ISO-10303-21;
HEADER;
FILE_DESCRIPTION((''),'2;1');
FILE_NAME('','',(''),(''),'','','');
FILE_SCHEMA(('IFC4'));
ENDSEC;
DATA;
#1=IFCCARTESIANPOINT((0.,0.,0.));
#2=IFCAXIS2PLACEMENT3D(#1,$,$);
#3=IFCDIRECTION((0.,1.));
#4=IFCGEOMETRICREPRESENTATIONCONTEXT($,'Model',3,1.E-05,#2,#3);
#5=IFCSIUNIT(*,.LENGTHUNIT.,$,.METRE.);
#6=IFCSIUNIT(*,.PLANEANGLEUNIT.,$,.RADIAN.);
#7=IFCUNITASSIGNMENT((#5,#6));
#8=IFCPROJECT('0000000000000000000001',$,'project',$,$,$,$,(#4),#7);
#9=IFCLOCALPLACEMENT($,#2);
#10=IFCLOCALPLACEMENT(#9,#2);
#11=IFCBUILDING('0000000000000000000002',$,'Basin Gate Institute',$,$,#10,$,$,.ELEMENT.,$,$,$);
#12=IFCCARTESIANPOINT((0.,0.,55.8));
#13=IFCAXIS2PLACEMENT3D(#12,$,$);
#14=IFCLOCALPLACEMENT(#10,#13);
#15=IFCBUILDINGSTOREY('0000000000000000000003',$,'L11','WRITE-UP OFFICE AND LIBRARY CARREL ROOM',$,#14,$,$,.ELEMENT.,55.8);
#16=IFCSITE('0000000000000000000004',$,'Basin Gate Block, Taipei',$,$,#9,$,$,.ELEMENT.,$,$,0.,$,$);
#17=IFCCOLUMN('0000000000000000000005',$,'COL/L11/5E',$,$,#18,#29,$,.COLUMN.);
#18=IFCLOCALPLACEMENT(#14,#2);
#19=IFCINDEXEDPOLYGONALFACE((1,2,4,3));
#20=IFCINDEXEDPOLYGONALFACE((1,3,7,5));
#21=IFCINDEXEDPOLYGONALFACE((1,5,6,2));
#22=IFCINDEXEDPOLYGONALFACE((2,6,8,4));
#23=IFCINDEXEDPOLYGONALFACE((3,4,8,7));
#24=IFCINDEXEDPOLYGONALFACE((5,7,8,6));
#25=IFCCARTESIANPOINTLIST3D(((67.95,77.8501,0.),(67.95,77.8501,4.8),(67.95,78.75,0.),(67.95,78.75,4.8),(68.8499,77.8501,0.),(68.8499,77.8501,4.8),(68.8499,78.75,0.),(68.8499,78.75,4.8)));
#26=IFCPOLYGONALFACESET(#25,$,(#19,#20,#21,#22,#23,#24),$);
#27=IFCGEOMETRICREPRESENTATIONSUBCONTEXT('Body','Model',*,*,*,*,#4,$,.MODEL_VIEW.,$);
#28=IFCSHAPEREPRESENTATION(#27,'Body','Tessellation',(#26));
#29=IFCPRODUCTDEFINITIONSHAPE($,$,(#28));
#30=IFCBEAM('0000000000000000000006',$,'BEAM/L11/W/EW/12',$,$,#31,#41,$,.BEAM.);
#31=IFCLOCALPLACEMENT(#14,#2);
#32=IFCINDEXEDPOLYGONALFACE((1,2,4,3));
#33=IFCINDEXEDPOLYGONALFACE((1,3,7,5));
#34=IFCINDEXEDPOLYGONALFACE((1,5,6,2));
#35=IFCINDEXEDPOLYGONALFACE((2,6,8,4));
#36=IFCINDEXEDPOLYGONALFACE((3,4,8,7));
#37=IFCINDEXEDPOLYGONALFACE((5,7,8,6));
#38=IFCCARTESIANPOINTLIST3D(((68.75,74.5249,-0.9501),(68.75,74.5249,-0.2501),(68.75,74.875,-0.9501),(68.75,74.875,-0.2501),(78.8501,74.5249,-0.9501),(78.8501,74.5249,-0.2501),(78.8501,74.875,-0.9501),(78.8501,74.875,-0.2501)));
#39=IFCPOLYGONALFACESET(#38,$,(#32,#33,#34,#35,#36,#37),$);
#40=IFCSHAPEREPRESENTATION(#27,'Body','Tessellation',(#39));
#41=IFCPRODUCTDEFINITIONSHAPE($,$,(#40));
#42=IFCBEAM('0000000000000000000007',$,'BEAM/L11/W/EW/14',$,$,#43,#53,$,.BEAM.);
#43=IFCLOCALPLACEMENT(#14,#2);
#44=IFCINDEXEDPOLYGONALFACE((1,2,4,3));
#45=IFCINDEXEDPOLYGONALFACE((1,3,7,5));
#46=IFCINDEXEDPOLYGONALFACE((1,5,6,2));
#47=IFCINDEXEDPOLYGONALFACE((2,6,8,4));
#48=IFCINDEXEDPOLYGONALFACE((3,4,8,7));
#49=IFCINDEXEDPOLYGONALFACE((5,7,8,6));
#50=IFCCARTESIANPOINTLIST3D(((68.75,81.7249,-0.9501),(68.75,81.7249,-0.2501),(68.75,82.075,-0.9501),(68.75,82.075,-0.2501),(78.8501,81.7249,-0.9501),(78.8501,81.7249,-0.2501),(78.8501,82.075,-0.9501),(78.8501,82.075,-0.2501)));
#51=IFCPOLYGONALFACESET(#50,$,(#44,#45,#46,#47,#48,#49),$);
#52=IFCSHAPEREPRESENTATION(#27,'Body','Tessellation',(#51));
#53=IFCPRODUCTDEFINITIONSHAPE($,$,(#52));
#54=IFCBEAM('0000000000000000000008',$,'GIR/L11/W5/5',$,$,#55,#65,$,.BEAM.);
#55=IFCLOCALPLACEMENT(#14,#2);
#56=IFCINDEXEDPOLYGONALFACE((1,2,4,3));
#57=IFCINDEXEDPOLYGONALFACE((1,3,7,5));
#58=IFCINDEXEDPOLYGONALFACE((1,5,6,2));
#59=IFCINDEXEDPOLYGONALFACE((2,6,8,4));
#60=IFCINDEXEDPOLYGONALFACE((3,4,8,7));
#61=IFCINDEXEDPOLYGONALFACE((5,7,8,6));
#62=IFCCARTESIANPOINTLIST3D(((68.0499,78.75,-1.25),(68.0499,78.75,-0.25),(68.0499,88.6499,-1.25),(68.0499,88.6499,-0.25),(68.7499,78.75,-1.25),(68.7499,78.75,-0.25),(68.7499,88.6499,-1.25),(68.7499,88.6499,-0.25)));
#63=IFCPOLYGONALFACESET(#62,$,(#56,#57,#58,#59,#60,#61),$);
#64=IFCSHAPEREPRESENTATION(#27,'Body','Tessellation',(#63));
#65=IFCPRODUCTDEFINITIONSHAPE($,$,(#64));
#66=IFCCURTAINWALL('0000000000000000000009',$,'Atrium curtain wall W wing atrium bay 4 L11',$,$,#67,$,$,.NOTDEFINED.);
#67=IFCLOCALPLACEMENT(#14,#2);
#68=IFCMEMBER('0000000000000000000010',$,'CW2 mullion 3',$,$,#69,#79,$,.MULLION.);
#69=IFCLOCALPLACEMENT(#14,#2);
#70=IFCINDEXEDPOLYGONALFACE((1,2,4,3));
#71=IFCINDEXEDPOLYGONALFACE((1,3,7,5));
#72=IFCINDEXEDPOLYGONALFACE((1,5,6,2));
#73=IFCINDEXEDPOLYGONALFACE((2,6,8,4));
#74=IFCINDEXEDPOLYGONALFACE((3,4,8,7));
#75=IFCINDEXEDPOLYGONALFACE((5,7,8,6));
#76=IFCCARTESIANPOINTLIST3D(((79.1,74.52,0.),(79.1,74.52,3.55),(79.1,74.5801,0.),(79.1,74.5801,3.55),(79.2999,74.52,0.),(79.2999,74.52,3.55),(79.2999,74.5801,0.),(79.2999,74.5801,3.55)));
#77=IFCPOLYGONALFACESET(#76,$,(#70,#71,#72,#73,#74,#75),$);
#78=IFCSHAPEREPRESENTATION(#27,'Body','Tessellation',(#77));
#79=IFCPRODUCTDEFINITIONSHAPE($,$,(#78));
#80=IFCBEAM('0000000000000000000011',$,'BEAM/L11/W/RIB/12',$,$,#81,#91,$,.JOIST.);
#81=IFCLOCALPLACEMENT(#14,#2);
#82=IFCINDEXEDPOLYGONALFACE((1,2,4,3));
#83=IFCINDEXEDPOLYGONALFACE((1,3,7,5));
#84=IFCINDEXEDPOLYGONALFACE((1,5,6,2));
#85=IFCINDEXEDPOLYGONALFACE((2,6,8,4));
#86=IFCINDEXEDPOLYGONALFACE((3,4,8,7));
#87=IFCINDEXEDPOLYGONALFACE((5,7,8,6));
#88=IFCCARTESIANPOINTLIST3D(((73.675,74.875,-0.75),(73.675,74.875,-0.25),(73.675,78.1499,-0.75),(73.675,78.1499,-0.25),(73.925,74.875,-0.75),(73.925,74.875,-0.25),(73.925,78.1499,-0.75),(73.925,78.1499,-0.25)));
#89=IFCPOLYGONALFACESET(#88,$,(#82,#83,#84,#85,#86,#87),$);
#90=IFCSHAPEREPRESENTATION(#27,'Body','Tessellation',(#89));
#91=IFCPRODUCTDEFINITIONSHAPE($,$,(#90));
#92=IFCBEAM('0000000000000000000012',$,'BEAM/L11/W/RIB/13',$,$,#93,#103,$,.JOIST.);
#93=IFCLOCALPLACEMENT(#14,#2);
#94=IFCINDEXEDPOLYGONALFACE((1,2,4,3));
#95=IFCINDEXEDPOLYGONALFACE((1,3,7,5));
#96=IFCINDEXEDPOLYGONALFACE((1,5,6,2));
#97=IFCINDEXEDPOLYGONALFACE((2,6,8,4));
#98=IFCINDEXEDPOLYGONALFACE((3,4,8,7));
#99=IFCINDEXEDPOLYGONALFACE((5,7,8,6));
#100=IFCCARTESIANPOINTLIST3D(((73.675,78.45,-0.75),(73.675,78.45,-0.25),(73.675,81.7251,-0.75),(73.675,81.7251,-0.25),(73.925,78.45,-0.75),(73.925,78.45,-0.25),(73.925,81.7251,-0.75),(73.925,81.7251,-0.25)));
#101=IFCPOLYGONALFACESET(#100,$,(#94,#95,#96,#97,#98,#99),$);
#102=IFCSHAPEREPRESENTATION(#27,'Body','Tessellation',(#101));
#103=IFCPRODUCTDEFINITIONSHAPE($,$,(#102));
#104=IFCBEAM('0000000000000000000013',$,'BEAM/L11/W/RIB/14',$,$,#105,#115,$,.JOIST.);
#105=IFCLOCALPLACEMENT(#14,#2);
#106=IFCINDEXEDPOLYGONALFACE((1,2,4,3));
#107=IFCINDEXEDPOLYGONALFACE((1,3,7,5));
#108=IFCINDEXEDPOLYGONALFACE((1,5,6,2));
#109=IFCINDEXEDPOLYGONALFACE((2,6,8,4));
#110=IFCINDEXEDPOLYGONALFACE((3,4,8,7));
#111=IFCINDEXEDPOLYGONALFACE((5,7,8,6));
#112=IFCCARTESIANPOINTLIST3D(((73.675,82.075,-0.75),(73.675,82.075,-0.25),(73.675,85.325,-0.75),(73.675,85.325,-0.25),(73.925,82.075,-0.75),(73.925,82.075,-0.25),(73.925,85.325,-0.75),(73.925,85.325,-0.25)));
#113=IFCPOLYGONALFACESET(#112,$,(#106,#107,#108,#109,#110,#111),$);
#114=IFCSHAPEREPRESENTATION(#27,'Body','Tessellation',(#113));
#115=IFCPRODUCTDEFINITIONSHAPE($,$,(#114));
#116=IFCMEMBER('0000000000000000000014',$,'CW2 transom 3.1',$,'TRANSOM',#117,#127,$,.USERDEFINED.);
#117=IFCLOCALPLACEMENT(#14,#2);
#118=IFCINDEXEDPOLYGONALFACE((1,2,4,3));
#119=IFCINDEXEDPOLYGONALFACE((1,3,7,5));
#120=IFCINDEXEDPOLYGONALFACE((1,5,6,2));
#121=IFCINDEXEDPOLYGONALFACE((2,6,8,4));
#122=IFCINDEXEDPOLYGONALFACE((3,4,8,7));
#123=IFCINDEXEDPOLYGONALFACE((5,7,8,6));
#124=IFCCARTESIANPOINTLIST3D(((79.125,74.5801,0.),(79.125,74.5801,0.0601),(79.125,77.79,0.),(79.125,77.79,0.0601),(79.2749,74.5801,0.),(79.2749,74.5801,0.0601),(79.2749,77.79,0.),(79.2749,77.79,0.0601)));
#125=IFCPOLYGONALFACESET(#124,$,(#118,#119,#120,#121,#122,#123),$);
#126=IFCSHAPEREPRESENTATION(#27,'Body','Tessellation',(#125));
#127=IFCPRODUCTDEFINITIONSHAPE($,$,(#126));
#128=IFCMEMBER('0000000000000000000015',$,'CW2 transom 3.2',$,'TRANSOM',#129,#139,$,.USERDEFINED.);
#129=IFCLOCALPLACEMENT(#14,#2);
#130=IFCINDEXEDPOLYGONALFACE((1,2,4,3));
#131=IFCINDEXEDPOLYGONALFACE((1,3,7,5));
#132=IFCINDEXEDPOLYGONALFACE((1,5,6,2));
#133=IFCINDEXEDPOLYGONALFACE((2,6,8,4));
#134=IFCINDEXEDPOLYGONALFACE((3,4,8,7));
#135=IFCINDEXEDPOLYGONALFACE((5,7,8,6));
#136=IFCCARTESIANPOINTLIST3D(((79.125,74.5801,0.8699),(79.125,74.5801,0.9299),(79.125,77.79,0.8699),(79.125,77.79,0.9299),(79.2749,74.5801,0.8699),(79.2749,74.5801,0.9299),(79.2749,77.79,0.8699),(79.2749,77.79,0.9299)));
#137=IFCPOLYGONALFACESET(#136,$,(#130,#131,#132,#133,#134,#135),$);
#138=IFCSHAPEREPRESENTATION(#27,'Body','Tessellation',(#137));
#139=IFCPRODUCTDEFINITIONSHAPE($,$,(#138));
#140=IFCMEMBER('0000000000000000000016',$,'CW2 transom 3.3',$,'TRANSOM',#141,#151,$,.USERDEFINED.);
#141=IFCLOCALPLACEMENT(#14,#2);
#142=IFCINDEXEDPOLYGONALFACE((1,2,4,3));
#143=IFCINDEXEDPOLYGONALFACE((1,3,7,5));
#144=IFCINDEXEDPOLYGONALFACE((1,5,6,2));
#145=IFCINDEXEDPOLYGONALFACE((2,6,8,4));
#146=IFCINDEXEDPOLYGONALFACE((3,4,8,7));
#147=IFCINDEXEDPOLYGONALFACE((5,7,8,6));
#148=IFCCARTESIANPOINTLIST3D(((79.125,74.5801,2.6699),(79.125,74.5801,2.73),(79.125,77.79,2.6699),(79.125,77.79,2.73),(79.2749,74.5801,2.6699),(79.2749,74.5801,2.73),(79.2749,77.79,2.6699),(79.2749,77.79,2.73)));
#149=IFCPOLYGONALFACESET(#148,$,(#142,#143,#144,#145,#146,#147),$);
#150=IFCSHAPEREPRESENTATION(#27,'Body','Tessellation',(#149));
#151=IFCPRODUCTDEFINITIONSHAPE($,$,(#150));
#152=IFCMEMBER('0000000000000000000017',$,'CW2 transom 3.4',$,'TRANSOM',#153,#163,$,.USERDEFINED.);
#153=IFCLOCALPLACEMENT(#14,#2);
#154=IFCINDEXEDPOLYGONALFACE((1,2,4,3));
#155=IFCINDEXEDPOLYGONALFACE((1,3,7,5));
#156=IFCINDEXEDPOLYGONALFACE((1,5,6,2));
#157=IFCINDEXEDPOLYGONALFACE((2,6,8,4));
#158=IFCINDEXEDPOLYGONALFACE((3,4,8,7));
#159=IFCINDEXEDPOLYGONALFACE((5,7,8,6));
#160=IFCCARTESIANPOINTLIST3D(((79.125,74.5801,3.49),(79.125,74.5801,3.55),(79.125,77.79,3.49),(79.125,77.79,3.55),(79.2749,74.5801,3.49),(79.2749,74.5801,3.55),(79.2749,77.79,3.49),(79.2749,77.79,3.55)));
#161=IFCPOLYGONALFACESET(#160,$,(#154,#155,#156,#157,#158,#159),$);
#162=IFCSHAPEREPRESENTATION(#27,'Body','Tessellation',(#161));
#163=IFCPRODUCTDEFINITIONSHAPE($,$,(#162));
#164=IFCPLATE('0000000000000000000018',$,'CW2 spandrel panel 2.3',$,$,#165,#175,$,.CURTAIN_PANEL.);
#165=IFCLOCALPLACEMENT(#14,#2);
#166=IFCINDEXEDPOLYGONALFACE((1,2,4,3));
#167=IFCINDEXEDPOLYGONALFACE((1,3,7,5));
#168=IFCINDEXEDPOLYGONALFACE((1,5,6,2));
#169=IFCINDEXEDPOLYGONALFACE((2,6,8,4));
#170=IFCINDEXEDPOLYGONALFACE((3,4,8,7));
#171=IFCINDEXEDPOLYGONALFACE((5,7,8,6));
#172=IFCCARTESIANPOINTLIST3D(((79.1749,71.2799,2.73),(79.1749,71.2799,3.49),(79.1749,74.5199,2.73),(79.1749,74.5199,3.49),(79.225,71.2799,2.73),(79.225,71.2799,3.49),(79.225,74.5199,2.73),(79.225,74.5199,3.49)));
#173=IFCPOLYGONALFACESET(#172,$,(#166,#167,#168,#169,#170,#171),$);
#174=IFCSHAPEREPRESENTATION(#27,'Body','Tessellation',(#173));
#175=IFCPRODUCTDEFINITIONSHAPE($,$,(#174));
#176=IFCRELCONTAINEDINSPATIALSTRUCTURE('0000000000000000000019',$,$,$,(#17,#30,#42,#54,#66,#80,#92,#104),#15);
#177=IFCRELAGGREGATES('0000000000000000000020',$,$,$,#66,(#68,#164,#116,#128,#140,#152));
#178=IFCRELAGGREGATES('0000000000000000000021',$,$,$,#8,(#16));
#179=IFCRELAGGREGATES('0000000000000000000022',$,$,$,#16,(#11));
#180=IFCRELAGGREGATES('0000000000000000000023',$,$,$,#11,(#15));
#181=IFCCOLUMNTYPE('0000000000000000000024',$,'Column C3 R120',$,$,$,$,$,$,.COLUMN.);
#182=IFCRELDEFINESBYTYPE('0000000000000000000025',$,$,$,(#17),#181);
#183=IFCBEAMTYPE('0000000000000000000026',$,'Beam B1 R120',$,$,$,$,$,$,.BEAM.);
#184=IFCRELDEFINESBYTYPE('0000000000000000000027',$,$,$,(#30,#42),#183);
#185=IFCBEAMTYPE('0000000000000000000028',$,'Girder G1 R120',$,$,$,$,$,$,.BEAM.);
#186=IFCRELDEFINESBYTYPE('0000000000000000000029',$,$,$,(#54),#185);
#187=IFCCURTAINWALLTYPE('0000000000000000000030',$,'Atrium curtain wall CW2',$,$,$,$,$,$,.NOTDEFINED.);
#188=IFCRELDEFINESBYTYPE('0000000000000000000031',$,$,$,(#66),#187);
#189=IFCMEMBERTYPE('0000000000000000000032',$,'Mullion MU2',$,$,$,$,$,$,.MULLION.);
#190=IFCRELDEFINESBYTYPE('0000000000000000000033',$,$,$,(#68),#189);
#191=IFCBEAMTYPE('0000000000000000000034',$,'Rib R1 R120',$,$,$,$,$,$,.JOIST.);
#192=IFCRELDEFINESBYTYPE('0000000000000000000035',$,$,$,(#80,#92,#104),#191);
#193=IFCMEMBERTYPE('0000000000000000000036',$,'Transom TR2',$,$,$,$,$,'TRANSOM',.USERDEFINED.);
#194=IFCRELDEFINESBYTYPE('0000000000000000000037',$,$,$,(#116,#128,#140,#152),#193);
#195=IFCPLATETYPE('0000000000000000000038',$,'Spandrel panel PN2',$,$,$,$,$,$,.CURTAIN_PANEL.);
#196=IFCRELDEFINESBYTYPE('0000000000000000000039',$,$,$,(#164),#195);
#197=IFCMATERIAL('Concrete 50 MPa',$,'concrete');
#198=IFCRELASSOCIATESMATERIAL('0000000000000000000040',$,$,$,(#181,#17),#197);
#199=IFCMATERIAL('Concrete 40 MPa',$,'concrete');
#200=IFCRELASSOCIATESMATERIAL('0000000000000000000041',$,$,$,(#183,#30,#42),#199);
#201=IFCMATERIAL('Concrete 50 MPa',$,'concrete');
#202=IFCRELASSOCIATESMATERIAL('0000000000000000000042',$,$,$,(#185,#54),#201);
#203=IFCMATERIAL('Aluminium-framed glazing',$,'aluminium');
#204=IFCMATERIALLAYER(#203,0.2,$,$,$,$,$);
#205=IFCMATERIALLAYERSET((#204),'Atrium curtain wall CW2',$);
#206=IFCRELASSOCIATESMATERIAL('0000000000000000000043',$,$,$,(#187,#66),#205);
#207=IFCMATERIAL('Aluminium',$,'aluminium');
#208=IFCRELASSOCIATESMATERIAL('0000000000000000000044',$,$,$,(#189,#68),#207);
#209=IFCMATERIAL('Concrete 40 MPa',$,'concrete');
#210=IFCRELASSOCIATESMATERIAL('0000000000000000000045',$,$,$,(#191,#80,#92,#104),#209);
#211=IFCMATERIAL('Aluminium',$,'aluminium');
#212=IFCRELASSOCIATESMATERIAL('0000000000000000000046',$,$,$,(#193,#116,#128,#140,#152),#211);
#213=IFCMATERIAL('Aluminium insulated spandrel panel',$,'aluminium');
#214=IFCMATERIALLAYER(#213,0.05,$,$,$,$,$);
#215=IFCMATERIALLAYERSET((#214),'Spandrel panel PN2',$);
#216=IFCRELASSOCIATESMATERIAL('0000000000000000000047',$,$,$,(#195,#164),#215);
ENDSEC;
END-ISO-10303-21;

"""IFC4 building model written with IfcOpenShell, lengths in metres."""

from ifc_helpers import new_model, si_unit, direction, frame, origin, origin_2d, place, context, subcontext, project, spatial, rectangle, extrude, material, layer, layer_set, material_profile, profile_set, type_object, element, aggregate, save


model = new_model("IFC4")

# Units and contexts
model_context = context("Model", 3, precision=1e-05, world=origin(), true_north=direction((0.0, 1.0)))
body_context = subcontext(model_context, "Body", "Model", "MODEL_VIEW")
ifc_project = project(units=[si_unit("LENGTHUNIT", "METRE"), si_unit("PLANEANGLEUNIT", "RADIAN")], contexts=[model_context])

# Site, building, storey
site_placement = place(None, origin())
site = spatial("IfcSite", under=ifc_project, at=site_placement, Name="Basin Gate Block, Taipei", CompositionType="ELEMENT", RefElevation=0.0)
building_placement = place(site_placement, origin())
building = spatial("IfcBuilding", under=site, at=building_placement, Name="Basin Gate Institute", CompositionType="ELEMENT")
storey_placement = place(building_placement, frame((0.0, 0.0, 55.8)))
storey = spatial("IfcBuildingStorey", under=building, at=storey_placement, Name="L11", Description="WRITE-UP OFFICE AND LIBRARY CARREL ROOM", CompositionType="ELEMENT", Elevation=55.8)

# Column
ifc_material_1 = material(Name="Concrete 50 MPa", Category="concrete")
ifc_material_profile_1 = material_profile(ifc_material_1, rectangle(XDim=0.8999, YDim=0.8999, at=origin_2d()), Name="Column C3 900 x 900")
ifc_profile_set_1 = profile_set([ifc_material_profile_1], Name="Concrete 50 MPa")
column_type = type_object("IfcColumnType", Name="Column C3 R120", PredefinedType="COLUMN", material=ifc_profile_set_1)
column_placement = place(storey_placement, frame((68.3999, 78.3, 0.0), z_axis=(0.0, 0.0, 1.0), x_axis=(1.0, 0.0, 0.0)))
element("IfcColumn", 1, at=column_placement, inside=storey, type_object=column_type, material=ifc_profile_set_1, Name="COL/L11/5E", PredefinedType="COLUMN", context=body_context, shape_type="SweptSolid", body=[
    extrude(rectangle(XDim=0.8999, YDim=0.8999, at=origin_2d()), origin(), (0.0, 0.0, 1.0), 4.8),
])

# Beams
ifc_material_2 = material(Name="Concrete 40 MPa", Category="concrete")
ifc_material_profile_2 = material_profile(ifc_material_2, rectangle(XDim=0.3501, YDim=0.7, at=origin_2d()), Name="Beam B1 350 x 700")
ifc_profile_set_2 = profile_set([ifc_material_profile_2], Name="Concrete 40 MPa")
beam_type_1 = type_object("IfcBeamType", Name="Beam B1 R120", PredefinedType="BEAM", material=ifc_profile_set_2)
for number, where, z_axis, x_axis, name in (
    (2, (68.75, 74.7, -0.6001), (1.0, 0.0, 0.0), (0.0, 1.0, 0.0), "BEAM/L11/W/EW/12"),
    (3, (68.75, 81.8999, -0.6001), (1.0, 0.0, 0.0), (0.0, 1.0, 0.0), "BEAM/L11/W/EW/14"),
):
    element("IfcBeam", number, at=place(storey_placement, frame(where, z_axis=z_axis, x_axis=x_axis)), inside=storey, type_object=beam_type_1, material=ifc_profile_set_2, Name=name, PredefinedType="BEAM", context=body_context, shape_type="SweptSolid", body=[
        extrude(rectangle(XDim=0.3501, YDim=0.7, at=origin_2d()), origin(), (0.0, 0.0, 1.0), 10.1001),
    ])
ifc_material_3 = material(Name="Concrete 50 MPa", Category="concrete")
ifc_material_profile_3 = material_profile(ifc_material_3, rectangle(XDim=0.7, YDim=1.0, at=origin_2d()), Name="Girder G1 700 x 1000")
ifc_profile_set_3 = profile_set([ifc_material_profile_3], Name="Concrete 50 MPa")
beam_type_2 = type_object("IfcBeamType", Name="Girder G1 R120", PredefinedType="BEAM", material=ifc_profile_set_3)
beam_1_placement = place(storey_placement, frame((68.3999, 78.75, -0.75), z_axis=(0.0, 1.0, 0.0), x_axis=(-1.0, 0.0, 0.0)))
element("IfcBeam", 4, at=beam_1_placement, inside=storey, type_object=beam_type_2, material=ifc_profile_set_3, Name="GIR/L11/W5/5", PredefinedType="BEAM", context=body_context, shape_type="SweptSolid", body=[
    extrude(rectangle(XDim=0.7, YDim=1.0, at=origin_2d()), origin(), (0.0, 0.0, 1.0), 9.8999),
])

# Curtain wall, member
ifc_material_4 = material(Name="Aluminium-framed glazing", Category="aluminium")
ifc_layer_1 = layer(ifc_material_4, 0.2)
ifc_layer_set_1 = layer_set([ifc_layer_1], Name="Atrium curtain wall CW2")
curtain_wall_type = type_object("IfcCurtainWallType", Name="Atrium curtain wall CW2", PredefinedType="NOTDEFINED", material=ifc_layer_set_1)
curtain_wall_placement = place(storey_placement, origin())
curtain_wall = element("IfcCurtainWall", 5, at=curtain_wall_placement, inside=storey, type_object=curtain_wall_type, material=ifc_layer_set_1, Name="Atrium curtain wall W wing atrium bay 4 L11", PredefinedType="NOTDEFINED")
ifc_material_5 = material(Name="Aluminium", Category="aluminium")
ifc_material_profile_4 = material_profile(ifc_material_5, rectangle(XDim=0.2, YDim=0.0601, at=origin_2d()), Name="Mullion MU2 200 x 60")
ifc_profile_set_4 = profile_set([ifc_material_profile_4], Name="Aluminium")
member_type_1 = type_object("IfcMemberType", Name="Mullion MU2", PredefinedType="MULLION", material=ifc_profile_set_4)
member_1_placement = place(storey_placement, frame((79.2, 74.55, 0.0), z_axis=(0.0, 0.0, 1.0), x_axis=(-1.0, 0.0, 0.0)))
member_1 = element("IfcMember", 6, at=member_1_placement, type_object=member_type_1, material=ifc_profile_set_4, Name="CW2 mullion 3", PredefinedType="MULLION", context=body_context, shape_type="SweptSolid", body=[
    extrude(rectangle(XDim=0.2, YDim=0.0601, at=origin_2d()), origin(), (0.0, 0.0, 1.0), 3.55),
])

# Beams
ifc_material_6 = material(Name="Concrete 40 MPa", Category="concrete")
ifc_material_profile_5 = material_profile(ifc_material_6, rectangle(XDim=0.25, YDim=0.5, at=origin_2d()), Name="Rib R1 250 x 500")
ifc_profile_set_5 = profile_set([ifc_material_profile_5], Name="Concrete 40 MPa")
beam_type_3 = type_object("IfcBeamType", Name="Rib R1 R120", PredefinedType="JOIST", material=ifc_profile_set_5)
beam_2_placement = place(storey_placement, frame((73.8, 74.875, -0.5), z_axis=(0.0, 1.0, 0.0), x_axis=(-1.0, 0.0, 0.0)))
element("IfcBeam", 7, at=beam_2_placement, inside=storey, type_object=beam_type_3, material=ifc_profile_set_5, Name="BEAM/L11/W/RIB/12", PredefinedType="JOIST", context=body_context, shape_type="SweptSolid", body=[
    extrude(rectangle(XDim=0.25, YDim=0.5, at=origin_2d()), origin(), (0.0, 0.0, 1.0), 3.2749),
])
beam_3_placement = place(storey_placement, frame((73.8, 78.45, -0.5), z_axis=(0.0, 1.0, 0.0), x_axis=(-1.0, 0.0, 0.0)))
element("IfcBeam", 8, at=beam_3_placement, inside=storey, type_object=beam_type_3, material=ifc_profile_set_5, Name="BEAM/L11/W/RIB/13", PredefinedType="JOIST", context=body_context, shape_type="SweptSolid", body=[
    extrude(rectangle(XDim=0.25, YDim=0.5, at=origin_2d()), origin(), (0.0, 0.0, 1.0), 3.2751),
])
beam_4_placement = place(storey_placement, frame((73.8, 82.075, -0.5), z_axis=(0.0, 1.0, 0.0), x_axis=(-1.0, 0.0, 0.0)))
element("IfcBeam", 9, at=beam_4_placement, inside=storey, type_object=beam_type_3, material=ifc_profile_set_5, Name="BEAM/L11/W/RIB/14", PredefinedType="JOIST", context=body_context, shape_type="SweptSolid", body=[
    extrude(rectangle(XDim=0.25, YDim=0.5, at=origin_2d()), origin(), (0.0, 0.0, 1.0), 3.25),
])

# Members
ifc_material_7 = material(Name="Aluminium", Category="aluminium")
ifc_material_profile_6 = material_profile(ifc_material_7, rectangle(XDim=0.1499, YDim=0.0601, at=origin_2d()), Name="Transom TR2 150 x 60")
ifc_profile_set_6 = profile_set([ifc_material_profile_6], Name="Aluminium")
member_type_2 = type_object("IfcMemberType", Name="Transom TR2", ElementType="TRANSOM", PredefinedType="USERDEFINED", material=ifc_profile_set_6)
member_2_placement = place(storey_placement, frame((79.2, 74.5801, 0.03), z_axis=(0.0, 1.0, 0.0), x_axis=(-1.0, 0.0, 0.0)))
member_2 = element("IfcMember", 10, at=member_2_placement, type_object=member_type_2, material=ifc_profile_set_6, Name="CW2 transom 3.1", ObjectType="TRANSOM", PredefinedType="USERDEFINED", context=body_context, shape_type="SweptSolid", body=[
    extrude(rectangle(XDim=0.1499, YDim=0.0601, at=origin_2d()), origin(), (0.0, 0.0, 1.0), 3.21),
])
member_3_placement = place(storey_placement, frame((79.2, 74.5801, 0.8999), z_axis=(0.0, 1.0, 0.0), x_axis=(-1.0, 0.0, 0.0)))
member_3 = element("IfcMember", 11, at=member_3_placement, type_object=member_type_2, material=ifc_profile_set_6, Name="CW2 transom 3.2", ObjectType="TRANSOM", PredefinedType="USERDEFINED", context=body_context, shape_type="SweptSolid", body=[
    extrude(rectangle(XDim=0.1499, YDim=0.0601, at=origin_2d()), origin(), (0.0, 0.0, 1.0), 3.21),
])
member_4_placement = place(storey_placement, frame((79.2, 74.5801, 2.7), z_axis=(0.0, 1.0, 0.0), x_axis=(-1.0, 0.0, 0.0)))
member_4 = element("IfcMember", 12, at=member_4_placement, type_object=member_type_2, material=ifc_profile_set_6, Name="CW2 transom 3.3", ObjectType="TRANSOM", PredefinedType="USERDEFINED", context=body_context, shape_type="SweptSolid", body=[
    extrude(rectangle(XDim=0.1499, YDim=0.0601, at=origin_2d()), origin(), (0.0, 0.0, 1.0), 3.21),
])
member_5_placement = place(storey_placement, frame((79.2, 74.5801, 3.52), z_axis=(0.0, 1.0, 0.0), x_axis=(-1.0, 0.0, 0.0)))
member_5 = element("IfcMember", 13, at=member_5_placement, type_object=member_type_2, material=ifc_profile_set_6, Name="CW2 transom 3.4", ObjectType="TRANSOM", PredefinedType="USERDEFINED", context=body_context, shape_type="SweptSolid", body=[
    extrude(rectangle(XDim=0.1499, YDim=0.0601, at=origin_2d()), origin(), (0.0, 0.0, 1.0), 3.21),
])

# Plate
ifc_material_8 = material(Name="Aluminium insulated spandrel panel", Category="aluminium")
ifc_layer_2 = layer(ifc_material_8, 0.05)
ifc_layer_set_2 = layer_set([ifc_layer_2], Name="Spandrel panel PN2")
plate_type_1 = type_object("IfcPlateType", Name="Spandrel panel PN2", PredefinedType="CURTAIN_PANEL", material=ifc_layer_set_2)
plate_1_placement = place(storey_placement, frame((79.2, 72.8999, 2.73), z_axis=(0.0, 0.0, 1.0), x_axis=(0.0, 1.0, 0.0)))
plate_1 = element("IfcPlate", 14, at=plate_1_placement, type_object=plate_type_1, material=ifc_layer_set_2, Name="CW2 spandrel panel 2.3", PredefinedType="CURTAIN_PANEL", context=body_context, shape_type="SweptSolid", body=[
    extrude(rectangle(XDim=3.24, YDim=0.05, at=origin_2d()), origin(), (0.0, 0.0, 1.0), 0.76),
])
aggregate(curtain_wall, [member_1, plate_1, member_2, member_3, member_4, member_5])

save(model, "model.ifc")
